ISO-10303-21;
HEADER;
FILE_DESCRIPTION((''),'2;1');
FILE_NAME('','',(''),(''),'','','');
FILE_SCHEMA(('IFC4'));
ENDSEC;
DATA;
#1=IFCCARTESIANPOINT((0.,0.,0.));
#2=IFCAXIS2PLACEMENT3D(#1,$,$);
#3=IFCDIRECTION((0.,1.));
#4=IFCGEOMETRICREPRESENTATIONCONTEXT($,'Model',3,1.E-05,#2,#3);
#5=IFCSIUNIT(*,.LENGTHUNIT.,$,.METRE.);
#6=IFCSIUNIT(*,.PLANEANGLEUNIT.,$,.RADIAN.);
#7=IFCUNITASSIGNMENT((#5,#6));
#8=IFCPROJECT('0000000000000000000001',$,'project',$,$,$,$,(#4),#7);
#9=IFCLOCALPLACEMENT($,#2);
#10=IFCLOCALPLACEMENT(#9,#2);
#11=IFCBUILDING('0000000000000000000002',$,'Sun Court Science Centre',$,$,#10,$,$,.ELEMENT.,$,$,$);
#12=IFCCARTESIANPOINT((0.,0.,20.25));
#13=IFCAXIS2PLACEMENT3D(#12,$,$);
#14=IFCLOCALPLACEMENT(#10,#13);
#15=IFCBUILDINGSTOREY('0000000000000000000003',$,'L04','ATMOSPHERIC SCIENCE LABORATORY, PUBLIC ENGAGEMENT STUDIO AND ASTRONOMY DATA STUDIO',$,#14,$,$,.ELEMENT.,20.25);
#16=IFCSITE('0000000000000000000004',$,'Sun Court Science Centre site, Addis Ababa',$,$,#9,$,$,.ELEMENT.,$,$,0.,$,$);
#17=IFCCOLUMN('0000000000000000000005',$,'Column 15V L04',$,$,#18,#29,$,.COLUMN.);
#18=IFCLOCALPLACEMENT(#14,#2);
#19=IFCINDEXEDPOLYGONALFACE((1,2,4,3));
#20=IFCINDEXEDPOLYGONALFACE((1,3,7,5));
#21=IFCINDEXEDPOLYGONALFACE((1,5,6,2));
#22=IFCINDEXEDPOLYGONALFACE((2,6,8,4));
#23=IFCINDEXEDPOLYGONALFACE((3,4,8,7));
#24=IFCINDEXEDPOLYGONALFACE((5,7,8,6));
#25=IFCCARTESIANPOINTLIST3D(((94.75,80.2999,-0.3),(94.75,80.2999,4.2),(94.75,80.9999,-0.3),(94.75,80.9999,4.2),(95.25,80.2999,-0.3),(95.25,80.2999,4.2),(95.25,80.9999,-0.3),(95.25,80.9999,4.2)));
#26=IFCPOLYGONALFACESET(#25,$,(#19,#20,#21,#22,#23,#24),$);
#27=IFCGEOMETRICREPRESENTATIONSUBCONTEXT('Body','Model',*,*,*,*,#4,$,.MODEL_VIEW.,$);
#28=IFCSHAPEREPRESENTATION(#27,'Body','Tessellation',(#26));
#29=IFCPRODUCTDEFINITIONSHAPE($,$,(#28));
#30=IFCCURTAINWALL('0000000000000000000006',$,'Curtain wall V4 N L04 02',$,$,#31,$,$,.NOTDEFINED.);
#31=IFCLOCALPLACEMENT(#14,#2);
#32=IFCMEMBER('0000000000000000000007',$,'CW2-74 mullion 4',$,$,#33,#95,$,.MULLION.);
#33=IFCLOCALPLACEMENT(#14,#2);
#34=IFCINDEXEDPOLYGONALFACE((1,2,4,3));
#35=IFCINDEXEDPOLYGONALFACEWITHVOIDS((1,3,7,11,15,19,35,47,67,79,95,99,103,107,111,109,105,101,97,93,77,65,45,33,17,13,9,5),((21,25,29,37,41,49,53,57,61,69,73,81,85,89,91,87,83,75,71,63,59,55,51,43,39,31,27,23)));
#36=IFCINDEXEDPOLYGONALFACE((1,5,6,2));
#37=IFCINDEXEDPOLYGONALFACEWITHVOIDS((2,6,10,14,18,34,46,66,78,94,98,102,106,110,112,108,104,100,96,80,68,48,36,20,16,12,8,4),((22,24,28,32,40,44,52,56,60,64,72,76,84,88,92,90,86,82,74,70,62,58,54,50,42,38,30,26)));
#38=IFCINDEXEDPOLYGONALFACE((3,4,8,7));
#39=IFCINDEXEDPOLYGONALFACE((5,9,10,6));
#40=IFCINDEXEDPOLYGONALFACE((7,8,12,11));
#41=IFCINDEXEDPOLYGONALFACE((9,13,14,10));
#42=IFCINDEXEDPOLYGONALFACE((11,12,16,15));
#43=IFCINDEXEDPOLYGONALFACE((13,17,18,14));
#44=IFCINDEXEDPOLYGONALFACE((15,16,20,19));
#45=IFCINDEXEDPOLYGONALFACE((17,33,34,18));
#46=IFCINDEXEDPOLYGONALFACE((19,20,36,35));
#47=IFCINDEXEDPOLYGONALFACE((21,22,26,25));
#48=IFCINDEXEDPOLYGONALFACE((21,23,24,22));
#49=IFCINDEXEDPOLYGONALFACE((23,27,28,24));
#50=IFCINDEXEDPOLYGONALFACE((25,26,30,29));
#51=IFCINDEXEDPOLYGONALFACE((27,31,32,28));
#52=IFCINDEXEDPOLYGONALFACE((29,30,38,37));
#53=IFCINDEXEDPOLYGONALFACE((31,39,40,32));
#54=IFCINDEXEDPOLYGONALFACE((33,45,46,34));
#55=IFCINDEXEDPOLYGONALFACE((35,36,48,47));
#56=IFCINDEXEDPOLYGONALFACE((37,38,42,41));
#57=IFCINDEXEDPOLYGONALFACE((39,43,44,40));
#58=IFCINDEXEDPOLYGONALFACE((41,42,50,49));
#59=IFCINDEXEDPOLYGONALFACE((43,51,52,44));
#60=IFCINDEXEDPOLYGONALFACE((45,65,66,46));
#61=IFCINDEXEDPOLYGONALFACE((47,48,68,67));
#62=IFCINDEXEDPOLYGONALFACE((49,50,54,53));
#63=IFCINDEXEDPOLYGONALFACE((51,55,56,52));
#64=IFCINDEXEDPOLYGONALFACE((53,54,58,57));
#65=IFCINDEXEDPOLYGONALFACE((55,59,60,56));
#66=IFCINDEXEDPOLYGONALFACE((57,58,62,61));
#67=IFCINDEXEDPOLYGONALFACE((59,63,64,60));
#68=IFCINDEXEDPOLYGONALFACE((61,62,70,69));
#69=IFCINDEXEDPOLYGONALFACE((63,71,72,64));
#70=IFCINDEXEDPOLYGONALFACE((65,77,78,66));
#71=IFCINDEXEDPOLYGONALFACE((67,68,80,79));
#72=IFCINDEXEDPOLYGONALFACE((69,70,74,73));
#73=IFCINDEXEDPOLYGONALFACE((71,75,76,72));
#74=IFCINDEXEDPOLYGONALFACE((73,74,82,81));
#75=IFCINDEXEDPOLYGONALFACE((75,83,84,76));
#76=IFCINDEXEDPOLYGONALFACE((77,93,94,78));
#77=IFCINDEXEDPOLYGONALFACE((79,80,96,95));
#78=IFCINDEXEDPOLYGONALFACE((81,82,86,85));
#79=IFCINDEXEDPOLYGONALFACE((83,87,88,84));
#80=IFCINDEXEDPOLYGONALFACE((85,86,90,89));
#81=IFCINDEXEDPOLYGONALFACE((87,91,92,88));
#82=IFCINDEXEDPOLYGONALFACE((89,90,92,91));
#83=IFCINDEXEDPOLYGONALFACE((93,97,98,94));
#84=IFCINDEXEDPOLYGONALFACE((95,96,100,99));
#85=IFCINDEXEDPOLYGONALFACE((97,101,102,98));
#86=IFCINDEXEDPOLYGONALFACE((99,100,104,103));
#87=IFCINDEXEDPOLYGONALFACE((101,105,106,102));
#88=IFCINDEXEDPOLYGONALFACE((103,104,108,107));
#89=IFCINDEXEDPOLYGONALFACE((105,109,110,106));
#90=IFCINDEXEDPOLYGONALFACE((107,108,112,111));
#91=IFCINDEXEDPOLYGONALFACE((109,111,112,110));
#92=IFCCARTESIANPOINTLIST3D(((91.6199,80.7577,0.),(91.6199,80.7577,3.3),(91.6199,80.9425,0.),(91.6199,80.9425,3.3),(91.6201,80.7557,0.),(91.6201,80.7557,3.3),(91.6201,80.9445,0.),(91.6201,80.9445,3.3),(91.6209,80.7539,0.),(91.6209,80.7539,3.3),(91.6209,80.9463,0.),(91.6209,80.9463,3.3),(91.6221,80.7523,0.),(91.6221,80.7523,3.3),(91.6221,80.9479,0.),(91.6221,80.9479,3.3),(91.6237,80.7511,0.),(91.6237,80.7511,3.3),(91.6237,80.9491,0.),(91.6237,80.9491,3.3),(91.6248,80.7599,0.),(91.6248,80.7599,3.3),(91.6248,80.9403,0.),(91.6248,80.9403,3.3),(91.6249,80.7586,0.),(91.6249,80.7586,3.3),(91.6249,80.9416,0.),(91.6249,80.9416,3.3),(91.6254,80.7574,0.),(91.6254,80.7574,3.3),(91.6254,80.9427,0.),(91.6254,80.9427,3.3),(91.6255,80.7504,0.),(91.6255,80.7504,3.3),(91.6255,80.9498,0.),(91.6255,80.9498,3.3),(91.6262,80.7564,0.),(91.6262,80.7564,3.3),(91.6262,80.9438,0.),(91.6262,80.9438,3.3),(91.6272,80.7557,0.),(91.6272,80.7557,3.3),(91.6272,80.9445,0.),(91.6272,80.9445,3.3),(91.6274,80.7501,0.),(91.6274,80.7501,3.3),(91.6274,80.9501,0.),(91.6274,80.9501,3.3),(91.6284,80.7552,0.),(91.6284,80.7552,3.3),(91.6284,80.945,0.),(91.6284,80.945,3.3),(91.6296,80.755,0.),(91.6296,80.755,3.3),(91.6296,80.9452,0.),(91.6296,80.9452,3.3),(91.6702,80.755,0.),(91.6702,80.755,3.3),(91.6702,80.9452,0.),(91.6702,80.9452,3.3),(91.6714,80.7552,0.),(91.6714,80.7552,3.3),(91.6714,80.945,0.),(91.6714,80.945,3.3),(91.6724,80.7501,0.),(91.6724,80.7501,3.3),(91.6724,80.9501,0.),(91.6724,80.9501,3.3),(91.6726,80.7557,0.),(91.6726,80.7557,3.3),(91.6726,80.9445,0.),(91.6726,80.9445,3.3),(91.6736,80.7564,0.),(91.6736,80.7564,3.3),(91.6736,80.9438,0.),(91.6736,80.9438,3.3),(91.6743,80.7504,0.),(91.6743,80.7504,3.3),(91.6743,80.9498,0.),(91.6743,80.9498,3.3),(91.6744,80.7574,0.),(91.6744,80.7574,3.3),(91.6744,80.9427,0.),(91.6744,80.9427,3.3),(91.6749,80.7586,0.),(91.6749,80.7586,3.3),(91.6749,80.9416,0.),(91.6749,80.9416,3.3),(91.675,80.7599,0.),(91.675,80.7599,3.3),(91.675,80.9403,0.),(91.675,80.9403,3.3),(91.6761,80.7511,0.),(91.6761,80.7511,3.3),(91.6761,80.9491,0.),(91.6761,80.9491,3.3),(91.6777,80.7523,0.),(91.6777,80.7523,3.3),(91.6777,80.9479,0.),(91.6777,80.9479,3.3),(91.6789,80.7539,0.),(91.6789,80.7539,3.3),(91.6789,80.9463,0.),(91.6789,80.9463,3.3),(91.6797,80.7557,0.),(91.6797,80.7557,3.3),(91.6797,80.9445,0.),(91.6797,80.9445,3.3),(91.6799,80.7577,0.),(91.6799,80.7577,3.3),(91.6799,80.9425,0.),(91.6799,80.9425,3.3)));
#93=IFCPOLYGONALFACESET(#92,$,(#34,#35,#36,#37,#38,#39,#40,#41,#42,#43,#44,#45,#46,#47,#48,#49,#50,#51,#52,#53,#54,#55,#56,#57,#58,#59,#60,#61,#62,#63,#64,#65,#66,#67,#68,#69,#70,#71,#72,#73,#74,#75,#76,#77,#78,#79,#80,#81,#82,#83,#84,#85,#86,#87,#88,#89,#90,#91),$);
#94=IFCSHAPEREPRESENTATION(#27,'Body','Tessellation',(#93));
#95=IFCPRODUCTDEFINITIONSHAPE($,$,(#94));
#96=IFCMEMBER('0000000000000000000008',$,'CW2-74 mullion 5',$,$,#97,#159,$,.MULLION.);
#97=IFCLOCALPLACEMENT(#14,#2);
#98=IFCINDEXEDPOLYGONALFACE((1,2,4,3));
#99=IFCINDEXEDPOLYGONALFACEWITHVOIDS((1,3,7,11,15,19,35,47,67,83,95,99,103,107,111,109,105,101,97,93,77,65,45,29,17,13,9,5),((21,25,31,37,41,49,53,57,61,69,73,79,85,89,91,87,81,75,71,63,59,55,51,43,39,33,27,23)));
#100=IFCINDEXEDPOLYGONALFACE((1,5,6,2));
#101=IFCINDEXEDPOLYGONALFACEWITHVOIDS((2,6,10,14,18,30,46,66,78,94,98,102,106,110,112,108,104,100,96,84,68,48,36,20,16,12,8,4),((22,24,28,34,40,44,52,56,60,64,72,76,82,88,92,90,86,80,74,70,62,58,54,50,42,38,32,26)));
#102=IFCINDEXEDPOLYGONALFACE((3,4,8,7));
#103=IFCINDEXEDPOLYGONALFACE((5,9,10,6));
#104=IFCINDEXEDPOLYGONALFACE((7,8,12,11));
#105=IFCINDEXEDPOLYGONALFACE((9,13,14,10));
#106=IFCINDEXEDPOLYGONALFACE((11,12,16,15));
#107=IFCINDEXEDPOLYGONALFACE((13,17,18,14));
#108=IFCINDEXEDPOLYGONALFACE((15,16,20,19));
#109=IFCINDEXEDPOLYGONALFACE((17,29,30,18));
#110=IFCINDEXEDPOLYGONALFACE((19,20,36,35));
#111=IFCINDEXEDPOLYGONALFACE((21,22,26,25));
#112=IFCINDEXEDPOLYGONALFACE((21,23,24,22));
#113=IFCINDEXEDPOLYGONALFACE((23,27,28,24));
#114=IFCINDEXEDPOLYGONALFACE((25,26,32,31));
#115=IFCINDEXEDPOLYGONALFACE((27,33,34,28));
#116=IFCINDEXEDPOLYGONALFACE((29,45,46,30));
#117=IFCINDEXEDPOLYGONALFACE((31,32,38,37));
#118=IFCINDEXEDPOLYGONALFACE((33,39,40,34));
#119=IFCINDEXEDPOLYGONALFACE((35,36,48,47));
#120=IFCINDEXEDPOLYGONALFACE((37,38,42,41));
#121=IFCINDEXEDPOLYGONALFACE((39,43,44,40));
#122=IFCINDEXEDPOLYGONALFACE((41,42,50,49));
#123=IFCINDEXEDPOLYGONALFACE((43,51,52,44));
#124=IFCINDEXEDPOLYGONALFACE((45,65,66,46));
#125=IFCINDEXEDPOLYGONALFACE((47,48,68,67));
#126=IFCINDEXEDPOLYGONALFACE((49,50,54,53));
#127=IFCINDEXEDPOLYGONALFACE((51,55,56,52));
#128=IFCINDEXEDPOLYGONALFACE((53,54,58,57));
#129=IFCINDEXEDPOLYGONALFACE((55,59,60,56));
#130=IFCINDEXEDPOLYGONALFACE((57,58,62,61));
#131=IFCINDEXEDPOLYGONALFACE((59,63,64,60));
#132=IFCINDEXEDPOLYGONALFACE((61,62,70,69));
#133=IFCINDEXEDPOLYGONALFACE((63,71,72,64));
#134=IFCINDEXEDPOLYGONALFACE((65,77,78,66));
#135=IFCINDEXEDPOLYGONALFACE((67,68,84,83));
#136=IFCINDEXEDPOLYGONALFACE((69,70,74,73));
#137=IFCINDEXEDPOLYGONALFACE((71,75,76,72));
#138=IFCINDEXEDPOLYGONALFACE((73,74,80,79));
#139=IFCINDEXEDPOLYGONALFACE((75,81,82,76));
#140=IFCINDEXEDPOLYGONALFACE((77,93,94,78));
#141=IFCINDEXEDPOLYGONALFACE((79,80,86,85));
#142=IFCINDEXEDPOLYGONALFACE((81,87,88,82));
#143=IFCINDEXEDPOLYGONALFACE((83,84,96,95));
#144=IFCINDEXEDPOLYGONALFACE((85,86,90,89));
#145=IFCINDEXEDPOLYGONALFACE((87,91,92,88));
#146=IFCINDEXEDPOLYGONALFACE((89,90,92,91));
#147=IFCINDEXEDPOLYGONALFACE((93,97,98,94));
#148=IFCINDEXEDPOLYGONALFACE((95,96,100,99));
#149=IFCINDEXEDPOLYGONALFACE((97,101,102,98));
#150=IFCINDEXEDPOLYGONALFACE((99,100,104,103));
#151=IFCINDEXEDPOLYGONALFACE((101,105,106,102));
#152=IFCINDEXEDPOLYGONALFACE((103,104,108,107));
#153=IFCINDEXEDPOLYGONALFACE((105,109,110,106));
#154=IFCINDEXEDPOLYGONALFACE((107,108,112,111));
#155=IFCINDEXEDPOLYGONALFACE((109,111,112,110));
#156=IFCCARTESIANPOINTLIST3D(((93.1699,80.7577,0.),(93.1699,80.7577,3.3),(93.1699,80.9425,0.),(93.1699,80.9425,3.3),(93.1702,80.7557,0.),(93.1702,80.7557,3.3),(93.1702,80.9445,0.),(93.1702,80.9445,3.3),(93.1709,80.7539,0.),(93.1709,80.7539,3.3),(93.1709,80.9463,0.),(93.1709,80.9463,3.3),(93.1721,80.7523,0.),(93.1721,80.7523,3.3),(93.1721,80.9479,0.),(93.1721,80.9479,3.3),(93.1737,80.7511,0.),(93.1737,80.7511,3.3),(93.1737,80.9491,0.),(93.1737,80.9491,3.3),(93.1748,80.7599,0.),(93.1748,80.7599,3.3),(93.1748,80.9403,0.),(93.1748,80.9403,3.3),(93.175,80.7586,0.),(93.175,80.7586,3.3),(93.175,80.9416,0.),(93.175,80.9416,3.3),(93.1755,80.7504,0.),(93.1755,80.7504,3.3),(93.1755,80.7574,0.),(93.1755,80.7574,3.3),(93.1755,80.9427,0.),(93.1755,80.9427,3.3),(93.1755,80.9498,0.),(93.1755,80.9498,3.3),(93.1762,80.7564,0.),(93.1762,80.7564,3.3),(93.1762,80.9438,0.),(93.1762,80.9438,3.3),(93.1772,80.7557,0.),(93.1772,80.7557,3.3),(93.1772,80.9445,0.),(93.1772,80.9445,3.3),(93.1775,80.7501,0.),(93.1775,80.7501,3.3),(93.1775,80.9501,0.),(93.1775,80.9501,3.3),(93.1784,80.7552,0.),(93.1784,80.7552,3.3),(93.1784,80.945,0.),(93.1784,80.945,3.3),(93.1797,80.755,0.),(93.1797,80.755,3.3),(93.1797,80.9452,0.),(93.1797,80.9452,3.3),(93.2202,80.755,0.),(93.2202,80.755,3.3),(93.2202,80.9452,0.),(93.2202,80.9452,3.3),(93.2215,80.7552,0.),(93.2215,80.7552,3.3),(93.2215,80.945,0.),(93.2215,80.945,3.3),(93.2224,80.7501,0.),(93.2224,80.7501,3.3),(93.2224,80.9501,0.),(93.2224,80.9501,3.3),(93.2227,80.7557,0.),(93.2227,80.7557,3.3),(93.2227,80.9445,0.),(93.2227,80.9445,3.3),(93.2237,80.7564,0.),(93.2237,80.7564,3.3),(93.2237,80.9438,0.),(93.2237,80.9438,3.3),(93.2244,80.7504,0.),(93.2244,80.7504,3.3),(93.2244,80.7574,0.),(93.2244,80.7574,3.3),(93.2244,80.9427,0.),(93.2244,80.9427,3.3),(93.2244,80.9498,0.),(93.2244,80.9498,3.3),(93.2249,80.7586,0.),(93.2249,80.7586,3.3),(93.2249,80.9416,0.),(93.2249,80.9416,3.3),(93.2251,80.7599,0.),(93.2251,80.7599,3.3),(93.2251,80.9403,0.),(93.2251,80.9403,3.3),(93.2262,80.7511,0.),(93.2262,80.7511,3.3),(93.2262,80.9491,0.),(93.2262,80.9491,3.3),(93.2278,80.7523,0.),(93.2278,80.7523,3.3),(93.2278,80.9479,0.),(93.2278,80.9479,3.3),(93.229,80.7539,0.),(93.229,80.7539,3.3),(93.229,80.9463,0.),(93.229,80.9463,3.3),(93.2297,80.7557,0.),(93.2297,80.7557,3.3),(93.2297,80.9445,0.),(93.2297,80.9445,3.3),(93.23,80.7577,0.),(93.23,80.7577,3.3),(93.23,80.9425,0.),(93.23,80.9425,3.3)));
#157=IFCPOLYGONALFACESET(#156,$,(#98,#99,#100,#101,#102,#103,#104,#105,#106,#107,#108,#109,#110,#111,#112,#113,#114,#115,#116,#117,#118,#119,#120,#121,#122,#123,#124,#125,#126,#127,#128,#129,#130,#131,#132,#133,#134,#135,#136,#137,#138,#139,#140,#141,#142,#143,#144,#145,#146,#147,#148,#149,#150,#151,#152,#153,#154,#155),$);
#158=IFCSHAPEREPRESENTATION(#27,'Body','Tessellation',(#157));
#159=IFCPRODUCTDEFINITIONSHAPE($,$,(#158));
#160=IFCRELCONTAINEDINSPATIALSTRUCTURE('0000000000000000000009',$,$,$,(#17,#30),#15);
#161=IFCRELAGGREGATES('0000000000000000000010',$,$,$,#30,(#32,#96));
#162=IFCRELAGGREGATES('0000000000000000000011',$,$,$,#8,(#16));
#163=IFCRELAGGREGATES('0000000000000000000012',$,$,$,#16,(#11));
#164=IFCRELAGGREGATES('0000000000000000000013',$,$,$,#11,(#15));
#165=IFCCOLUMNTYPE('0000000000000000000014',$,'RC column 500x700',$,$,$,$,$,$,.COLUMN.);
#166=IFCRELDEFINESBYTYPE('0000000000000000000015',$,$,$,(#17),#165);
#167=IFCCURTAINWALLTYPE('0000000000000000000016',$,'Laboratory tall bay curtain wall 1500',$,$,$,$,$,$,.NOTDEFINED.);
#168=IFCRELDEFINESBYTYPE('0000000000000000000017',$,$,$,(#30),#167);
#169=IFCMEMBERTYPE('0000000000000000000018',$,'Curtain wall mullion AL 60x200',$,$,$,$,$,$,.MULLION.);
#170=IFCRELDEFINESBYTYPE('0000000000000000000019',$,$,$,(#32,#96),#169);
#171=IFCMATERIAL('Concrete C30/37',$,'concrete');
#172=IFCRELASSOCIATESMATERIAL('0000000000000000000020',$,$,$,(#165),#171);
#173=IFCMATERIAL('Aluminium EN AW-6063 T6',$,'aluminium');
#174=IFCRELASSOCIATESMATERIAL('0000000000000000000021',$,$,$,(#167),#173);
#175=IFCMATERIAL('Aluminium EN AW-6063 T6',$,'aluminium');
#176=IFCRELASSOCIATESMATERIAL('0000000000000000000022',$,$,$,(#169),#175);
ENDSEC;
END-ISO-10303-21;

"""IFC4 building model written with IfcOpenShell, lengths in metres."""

from ifc_helpers import new_model, si_unit, direction, frame, origin, origin_2d, place, context, subcontext, project, spatial, rectangle, hollow_rectangle, extrude, material, material_profile, profile_set, type_object, element, aggregate, save


model = new_model("IFC4")

# Units and contexts
model_context = context("Model", 3, precision=1e-05, world=origin(), true_north=direction((0.0, 1.0)))
body_context = subcontext(model_context, "Body", "Model", "MODEL_VIEW")
ifc_project = project(units=[si_unit("LENGTHUNIT", "METRE"), si_unit("PLANEANGLEUNIT", "RADIAN")], contexts=[model_context])

# Site, building, storey
site_placement = place(None, origin())
site = spatial("IfcSite", under=ifc_project, at=site_placement, Name="Sun Court Science Centre site, Addis Ababa", CompositionType="ELEMENT", RefElevation=0.0)
building_placement = place(site_placement, origin())
building = spatial("IfcBuilding", under=site, at=building_placement, Name="Sun Court Science Centre", CompositionType="ELEMENT")
storey_placement = place(building_placement, frame((0.0, 0.0, 20.25)))
storey = spatial("IfcBuildingStorey", under=building, at=storey_placement, Name="L04", Description="ATMOSPHERIC SCIENCE LABORATORY, PUBLIC ENGAGEMENT STUDIO AND ASTRONOMY DATA STUDIO", CompositionType="ELEMENT", Elevation=20.25)

# Column
ifc_material_1 = material(Name="Concrete C30/37", Category="concrete")
ifc_material_profile_1 = material_profile(ifc_material_1, rectangle(XDim=0.5, YDim=0.7, at=origin_2d()), Name="RC 500x700")
ifc_profile_set_1 = profile_set([ifc_material_profile_1], Name="Concrete C30/37")
column_type = type_object("IfcColumnType", Name="RC column 500x700", PredefinedType="COLUMN", material=ifc_profile_set_1)
column_placement = place(storey_placement, frame((95.0, 80.6499, -0.3), z_axis=(0.0, 0.0, 1.0), x_axis=(1.0, 0.0, 0.0)))
element("IfcColumn", 1, at=column_placement, inside=storey, type_object=column_type, Name="Column 15V L04", PredefinedType="COLUMN", context=body_context, shape_type="SweptSolid", body=[
    extrude(rectangle(XDim=0.5, YDim=0.7, at=origin_2d()), origin(), (0.0, 0.0, 1.0), 4.5),
])

# Curtain wall, members
ifc_material_2 = material(Name="Aluminium EN AW-6063 T6", Category="aluminium")
curtain_wall_type = type_object("IfcCurtainWallType", Name="Laboratory tall bay curtain wall 1500", PredefinedType="NOTDEFINED", material=ifc_material_2)
curtain_wall_placement = place(storey_placement, origin())
curtain_wall = element("IfcCurtainWall", 2, at=curtain_wall_placement, inside=storey, type_object=curtain_wall_type, Name="Curtain wall V4 N L04 02", PredefinedType="NOTDEFINED")
ifc_material_3 = material(Name="Aluminium EN AW-6063 T6", Category="aluminium")
ifc_material_profile_2 = material_profile(ifc_material_3, hollow_rectangle(XDim=0.0601, YDim=0.2, WallThickness=0.0049, InnerFilletRadius=0.0049, OuterFilletRadius=0.0076, at=origin_2d()), Name="AL 60x200x5")
ifc_profile_set_2 = profile_set([ifc_material_profile_2], Name="Aluminium EN AW-6063 T6")
member_type_1 = type_object("IfcMemberType", Name="Curtain wall mullion AL 60x200", PredefinedType="MULLION", material=ifc_profile_set_2)
member_1_placement = place(storey_placement, frame((91.6499, 80.8501, 0.0), z_axis=(0.0, 0.0, 1.0), x_axis=(1.0, 0.0, 0.0)))
member_1 = element("IfcMember", 3, at=member_1_placement, type_object=member_type_1, Name="CW2-74 mullion 4", PredefinedType="MULLION", context=body_context, shape_type="SweptSolid", body=[
    extrude(hollow_rectangle(XDim=0.0601, YDim=0.2, WallThickness=0.0049, InnerFilletRadius=0.0049, OuterFilletRadius=0.0076, at=origin_2d()), origin(), (0.0, 0.0, 1.0), 3.3),
])
member_2_placement = place(storey_placement, frame((93.2, 80.8501, 0.0), z_axis=(0.0, 0.0, 1.0), x_axis=(1.0, 0.0, 0.0)))
member_2 = element("IfcMember", 4, at=member_2_placement, type_object=member_type_1, Name="CW2-74 mullion 5", PredefinedType="MULLION", context=body_context, shape_type="SweptSolid", body=[
    extrude(hollow_rectangle(XDim=0.0601, YDim=0.2, WallThickness=0.0049, InnerFilletRadius=0.0049, OuterFilletRadius=0.0076, at=origin_2d()), origin(), (0.0, 0.0, 1.0), 3.3),
])

aggregate(curtain_wall, [member_1, member_2])

save(model, "model.ifc")
